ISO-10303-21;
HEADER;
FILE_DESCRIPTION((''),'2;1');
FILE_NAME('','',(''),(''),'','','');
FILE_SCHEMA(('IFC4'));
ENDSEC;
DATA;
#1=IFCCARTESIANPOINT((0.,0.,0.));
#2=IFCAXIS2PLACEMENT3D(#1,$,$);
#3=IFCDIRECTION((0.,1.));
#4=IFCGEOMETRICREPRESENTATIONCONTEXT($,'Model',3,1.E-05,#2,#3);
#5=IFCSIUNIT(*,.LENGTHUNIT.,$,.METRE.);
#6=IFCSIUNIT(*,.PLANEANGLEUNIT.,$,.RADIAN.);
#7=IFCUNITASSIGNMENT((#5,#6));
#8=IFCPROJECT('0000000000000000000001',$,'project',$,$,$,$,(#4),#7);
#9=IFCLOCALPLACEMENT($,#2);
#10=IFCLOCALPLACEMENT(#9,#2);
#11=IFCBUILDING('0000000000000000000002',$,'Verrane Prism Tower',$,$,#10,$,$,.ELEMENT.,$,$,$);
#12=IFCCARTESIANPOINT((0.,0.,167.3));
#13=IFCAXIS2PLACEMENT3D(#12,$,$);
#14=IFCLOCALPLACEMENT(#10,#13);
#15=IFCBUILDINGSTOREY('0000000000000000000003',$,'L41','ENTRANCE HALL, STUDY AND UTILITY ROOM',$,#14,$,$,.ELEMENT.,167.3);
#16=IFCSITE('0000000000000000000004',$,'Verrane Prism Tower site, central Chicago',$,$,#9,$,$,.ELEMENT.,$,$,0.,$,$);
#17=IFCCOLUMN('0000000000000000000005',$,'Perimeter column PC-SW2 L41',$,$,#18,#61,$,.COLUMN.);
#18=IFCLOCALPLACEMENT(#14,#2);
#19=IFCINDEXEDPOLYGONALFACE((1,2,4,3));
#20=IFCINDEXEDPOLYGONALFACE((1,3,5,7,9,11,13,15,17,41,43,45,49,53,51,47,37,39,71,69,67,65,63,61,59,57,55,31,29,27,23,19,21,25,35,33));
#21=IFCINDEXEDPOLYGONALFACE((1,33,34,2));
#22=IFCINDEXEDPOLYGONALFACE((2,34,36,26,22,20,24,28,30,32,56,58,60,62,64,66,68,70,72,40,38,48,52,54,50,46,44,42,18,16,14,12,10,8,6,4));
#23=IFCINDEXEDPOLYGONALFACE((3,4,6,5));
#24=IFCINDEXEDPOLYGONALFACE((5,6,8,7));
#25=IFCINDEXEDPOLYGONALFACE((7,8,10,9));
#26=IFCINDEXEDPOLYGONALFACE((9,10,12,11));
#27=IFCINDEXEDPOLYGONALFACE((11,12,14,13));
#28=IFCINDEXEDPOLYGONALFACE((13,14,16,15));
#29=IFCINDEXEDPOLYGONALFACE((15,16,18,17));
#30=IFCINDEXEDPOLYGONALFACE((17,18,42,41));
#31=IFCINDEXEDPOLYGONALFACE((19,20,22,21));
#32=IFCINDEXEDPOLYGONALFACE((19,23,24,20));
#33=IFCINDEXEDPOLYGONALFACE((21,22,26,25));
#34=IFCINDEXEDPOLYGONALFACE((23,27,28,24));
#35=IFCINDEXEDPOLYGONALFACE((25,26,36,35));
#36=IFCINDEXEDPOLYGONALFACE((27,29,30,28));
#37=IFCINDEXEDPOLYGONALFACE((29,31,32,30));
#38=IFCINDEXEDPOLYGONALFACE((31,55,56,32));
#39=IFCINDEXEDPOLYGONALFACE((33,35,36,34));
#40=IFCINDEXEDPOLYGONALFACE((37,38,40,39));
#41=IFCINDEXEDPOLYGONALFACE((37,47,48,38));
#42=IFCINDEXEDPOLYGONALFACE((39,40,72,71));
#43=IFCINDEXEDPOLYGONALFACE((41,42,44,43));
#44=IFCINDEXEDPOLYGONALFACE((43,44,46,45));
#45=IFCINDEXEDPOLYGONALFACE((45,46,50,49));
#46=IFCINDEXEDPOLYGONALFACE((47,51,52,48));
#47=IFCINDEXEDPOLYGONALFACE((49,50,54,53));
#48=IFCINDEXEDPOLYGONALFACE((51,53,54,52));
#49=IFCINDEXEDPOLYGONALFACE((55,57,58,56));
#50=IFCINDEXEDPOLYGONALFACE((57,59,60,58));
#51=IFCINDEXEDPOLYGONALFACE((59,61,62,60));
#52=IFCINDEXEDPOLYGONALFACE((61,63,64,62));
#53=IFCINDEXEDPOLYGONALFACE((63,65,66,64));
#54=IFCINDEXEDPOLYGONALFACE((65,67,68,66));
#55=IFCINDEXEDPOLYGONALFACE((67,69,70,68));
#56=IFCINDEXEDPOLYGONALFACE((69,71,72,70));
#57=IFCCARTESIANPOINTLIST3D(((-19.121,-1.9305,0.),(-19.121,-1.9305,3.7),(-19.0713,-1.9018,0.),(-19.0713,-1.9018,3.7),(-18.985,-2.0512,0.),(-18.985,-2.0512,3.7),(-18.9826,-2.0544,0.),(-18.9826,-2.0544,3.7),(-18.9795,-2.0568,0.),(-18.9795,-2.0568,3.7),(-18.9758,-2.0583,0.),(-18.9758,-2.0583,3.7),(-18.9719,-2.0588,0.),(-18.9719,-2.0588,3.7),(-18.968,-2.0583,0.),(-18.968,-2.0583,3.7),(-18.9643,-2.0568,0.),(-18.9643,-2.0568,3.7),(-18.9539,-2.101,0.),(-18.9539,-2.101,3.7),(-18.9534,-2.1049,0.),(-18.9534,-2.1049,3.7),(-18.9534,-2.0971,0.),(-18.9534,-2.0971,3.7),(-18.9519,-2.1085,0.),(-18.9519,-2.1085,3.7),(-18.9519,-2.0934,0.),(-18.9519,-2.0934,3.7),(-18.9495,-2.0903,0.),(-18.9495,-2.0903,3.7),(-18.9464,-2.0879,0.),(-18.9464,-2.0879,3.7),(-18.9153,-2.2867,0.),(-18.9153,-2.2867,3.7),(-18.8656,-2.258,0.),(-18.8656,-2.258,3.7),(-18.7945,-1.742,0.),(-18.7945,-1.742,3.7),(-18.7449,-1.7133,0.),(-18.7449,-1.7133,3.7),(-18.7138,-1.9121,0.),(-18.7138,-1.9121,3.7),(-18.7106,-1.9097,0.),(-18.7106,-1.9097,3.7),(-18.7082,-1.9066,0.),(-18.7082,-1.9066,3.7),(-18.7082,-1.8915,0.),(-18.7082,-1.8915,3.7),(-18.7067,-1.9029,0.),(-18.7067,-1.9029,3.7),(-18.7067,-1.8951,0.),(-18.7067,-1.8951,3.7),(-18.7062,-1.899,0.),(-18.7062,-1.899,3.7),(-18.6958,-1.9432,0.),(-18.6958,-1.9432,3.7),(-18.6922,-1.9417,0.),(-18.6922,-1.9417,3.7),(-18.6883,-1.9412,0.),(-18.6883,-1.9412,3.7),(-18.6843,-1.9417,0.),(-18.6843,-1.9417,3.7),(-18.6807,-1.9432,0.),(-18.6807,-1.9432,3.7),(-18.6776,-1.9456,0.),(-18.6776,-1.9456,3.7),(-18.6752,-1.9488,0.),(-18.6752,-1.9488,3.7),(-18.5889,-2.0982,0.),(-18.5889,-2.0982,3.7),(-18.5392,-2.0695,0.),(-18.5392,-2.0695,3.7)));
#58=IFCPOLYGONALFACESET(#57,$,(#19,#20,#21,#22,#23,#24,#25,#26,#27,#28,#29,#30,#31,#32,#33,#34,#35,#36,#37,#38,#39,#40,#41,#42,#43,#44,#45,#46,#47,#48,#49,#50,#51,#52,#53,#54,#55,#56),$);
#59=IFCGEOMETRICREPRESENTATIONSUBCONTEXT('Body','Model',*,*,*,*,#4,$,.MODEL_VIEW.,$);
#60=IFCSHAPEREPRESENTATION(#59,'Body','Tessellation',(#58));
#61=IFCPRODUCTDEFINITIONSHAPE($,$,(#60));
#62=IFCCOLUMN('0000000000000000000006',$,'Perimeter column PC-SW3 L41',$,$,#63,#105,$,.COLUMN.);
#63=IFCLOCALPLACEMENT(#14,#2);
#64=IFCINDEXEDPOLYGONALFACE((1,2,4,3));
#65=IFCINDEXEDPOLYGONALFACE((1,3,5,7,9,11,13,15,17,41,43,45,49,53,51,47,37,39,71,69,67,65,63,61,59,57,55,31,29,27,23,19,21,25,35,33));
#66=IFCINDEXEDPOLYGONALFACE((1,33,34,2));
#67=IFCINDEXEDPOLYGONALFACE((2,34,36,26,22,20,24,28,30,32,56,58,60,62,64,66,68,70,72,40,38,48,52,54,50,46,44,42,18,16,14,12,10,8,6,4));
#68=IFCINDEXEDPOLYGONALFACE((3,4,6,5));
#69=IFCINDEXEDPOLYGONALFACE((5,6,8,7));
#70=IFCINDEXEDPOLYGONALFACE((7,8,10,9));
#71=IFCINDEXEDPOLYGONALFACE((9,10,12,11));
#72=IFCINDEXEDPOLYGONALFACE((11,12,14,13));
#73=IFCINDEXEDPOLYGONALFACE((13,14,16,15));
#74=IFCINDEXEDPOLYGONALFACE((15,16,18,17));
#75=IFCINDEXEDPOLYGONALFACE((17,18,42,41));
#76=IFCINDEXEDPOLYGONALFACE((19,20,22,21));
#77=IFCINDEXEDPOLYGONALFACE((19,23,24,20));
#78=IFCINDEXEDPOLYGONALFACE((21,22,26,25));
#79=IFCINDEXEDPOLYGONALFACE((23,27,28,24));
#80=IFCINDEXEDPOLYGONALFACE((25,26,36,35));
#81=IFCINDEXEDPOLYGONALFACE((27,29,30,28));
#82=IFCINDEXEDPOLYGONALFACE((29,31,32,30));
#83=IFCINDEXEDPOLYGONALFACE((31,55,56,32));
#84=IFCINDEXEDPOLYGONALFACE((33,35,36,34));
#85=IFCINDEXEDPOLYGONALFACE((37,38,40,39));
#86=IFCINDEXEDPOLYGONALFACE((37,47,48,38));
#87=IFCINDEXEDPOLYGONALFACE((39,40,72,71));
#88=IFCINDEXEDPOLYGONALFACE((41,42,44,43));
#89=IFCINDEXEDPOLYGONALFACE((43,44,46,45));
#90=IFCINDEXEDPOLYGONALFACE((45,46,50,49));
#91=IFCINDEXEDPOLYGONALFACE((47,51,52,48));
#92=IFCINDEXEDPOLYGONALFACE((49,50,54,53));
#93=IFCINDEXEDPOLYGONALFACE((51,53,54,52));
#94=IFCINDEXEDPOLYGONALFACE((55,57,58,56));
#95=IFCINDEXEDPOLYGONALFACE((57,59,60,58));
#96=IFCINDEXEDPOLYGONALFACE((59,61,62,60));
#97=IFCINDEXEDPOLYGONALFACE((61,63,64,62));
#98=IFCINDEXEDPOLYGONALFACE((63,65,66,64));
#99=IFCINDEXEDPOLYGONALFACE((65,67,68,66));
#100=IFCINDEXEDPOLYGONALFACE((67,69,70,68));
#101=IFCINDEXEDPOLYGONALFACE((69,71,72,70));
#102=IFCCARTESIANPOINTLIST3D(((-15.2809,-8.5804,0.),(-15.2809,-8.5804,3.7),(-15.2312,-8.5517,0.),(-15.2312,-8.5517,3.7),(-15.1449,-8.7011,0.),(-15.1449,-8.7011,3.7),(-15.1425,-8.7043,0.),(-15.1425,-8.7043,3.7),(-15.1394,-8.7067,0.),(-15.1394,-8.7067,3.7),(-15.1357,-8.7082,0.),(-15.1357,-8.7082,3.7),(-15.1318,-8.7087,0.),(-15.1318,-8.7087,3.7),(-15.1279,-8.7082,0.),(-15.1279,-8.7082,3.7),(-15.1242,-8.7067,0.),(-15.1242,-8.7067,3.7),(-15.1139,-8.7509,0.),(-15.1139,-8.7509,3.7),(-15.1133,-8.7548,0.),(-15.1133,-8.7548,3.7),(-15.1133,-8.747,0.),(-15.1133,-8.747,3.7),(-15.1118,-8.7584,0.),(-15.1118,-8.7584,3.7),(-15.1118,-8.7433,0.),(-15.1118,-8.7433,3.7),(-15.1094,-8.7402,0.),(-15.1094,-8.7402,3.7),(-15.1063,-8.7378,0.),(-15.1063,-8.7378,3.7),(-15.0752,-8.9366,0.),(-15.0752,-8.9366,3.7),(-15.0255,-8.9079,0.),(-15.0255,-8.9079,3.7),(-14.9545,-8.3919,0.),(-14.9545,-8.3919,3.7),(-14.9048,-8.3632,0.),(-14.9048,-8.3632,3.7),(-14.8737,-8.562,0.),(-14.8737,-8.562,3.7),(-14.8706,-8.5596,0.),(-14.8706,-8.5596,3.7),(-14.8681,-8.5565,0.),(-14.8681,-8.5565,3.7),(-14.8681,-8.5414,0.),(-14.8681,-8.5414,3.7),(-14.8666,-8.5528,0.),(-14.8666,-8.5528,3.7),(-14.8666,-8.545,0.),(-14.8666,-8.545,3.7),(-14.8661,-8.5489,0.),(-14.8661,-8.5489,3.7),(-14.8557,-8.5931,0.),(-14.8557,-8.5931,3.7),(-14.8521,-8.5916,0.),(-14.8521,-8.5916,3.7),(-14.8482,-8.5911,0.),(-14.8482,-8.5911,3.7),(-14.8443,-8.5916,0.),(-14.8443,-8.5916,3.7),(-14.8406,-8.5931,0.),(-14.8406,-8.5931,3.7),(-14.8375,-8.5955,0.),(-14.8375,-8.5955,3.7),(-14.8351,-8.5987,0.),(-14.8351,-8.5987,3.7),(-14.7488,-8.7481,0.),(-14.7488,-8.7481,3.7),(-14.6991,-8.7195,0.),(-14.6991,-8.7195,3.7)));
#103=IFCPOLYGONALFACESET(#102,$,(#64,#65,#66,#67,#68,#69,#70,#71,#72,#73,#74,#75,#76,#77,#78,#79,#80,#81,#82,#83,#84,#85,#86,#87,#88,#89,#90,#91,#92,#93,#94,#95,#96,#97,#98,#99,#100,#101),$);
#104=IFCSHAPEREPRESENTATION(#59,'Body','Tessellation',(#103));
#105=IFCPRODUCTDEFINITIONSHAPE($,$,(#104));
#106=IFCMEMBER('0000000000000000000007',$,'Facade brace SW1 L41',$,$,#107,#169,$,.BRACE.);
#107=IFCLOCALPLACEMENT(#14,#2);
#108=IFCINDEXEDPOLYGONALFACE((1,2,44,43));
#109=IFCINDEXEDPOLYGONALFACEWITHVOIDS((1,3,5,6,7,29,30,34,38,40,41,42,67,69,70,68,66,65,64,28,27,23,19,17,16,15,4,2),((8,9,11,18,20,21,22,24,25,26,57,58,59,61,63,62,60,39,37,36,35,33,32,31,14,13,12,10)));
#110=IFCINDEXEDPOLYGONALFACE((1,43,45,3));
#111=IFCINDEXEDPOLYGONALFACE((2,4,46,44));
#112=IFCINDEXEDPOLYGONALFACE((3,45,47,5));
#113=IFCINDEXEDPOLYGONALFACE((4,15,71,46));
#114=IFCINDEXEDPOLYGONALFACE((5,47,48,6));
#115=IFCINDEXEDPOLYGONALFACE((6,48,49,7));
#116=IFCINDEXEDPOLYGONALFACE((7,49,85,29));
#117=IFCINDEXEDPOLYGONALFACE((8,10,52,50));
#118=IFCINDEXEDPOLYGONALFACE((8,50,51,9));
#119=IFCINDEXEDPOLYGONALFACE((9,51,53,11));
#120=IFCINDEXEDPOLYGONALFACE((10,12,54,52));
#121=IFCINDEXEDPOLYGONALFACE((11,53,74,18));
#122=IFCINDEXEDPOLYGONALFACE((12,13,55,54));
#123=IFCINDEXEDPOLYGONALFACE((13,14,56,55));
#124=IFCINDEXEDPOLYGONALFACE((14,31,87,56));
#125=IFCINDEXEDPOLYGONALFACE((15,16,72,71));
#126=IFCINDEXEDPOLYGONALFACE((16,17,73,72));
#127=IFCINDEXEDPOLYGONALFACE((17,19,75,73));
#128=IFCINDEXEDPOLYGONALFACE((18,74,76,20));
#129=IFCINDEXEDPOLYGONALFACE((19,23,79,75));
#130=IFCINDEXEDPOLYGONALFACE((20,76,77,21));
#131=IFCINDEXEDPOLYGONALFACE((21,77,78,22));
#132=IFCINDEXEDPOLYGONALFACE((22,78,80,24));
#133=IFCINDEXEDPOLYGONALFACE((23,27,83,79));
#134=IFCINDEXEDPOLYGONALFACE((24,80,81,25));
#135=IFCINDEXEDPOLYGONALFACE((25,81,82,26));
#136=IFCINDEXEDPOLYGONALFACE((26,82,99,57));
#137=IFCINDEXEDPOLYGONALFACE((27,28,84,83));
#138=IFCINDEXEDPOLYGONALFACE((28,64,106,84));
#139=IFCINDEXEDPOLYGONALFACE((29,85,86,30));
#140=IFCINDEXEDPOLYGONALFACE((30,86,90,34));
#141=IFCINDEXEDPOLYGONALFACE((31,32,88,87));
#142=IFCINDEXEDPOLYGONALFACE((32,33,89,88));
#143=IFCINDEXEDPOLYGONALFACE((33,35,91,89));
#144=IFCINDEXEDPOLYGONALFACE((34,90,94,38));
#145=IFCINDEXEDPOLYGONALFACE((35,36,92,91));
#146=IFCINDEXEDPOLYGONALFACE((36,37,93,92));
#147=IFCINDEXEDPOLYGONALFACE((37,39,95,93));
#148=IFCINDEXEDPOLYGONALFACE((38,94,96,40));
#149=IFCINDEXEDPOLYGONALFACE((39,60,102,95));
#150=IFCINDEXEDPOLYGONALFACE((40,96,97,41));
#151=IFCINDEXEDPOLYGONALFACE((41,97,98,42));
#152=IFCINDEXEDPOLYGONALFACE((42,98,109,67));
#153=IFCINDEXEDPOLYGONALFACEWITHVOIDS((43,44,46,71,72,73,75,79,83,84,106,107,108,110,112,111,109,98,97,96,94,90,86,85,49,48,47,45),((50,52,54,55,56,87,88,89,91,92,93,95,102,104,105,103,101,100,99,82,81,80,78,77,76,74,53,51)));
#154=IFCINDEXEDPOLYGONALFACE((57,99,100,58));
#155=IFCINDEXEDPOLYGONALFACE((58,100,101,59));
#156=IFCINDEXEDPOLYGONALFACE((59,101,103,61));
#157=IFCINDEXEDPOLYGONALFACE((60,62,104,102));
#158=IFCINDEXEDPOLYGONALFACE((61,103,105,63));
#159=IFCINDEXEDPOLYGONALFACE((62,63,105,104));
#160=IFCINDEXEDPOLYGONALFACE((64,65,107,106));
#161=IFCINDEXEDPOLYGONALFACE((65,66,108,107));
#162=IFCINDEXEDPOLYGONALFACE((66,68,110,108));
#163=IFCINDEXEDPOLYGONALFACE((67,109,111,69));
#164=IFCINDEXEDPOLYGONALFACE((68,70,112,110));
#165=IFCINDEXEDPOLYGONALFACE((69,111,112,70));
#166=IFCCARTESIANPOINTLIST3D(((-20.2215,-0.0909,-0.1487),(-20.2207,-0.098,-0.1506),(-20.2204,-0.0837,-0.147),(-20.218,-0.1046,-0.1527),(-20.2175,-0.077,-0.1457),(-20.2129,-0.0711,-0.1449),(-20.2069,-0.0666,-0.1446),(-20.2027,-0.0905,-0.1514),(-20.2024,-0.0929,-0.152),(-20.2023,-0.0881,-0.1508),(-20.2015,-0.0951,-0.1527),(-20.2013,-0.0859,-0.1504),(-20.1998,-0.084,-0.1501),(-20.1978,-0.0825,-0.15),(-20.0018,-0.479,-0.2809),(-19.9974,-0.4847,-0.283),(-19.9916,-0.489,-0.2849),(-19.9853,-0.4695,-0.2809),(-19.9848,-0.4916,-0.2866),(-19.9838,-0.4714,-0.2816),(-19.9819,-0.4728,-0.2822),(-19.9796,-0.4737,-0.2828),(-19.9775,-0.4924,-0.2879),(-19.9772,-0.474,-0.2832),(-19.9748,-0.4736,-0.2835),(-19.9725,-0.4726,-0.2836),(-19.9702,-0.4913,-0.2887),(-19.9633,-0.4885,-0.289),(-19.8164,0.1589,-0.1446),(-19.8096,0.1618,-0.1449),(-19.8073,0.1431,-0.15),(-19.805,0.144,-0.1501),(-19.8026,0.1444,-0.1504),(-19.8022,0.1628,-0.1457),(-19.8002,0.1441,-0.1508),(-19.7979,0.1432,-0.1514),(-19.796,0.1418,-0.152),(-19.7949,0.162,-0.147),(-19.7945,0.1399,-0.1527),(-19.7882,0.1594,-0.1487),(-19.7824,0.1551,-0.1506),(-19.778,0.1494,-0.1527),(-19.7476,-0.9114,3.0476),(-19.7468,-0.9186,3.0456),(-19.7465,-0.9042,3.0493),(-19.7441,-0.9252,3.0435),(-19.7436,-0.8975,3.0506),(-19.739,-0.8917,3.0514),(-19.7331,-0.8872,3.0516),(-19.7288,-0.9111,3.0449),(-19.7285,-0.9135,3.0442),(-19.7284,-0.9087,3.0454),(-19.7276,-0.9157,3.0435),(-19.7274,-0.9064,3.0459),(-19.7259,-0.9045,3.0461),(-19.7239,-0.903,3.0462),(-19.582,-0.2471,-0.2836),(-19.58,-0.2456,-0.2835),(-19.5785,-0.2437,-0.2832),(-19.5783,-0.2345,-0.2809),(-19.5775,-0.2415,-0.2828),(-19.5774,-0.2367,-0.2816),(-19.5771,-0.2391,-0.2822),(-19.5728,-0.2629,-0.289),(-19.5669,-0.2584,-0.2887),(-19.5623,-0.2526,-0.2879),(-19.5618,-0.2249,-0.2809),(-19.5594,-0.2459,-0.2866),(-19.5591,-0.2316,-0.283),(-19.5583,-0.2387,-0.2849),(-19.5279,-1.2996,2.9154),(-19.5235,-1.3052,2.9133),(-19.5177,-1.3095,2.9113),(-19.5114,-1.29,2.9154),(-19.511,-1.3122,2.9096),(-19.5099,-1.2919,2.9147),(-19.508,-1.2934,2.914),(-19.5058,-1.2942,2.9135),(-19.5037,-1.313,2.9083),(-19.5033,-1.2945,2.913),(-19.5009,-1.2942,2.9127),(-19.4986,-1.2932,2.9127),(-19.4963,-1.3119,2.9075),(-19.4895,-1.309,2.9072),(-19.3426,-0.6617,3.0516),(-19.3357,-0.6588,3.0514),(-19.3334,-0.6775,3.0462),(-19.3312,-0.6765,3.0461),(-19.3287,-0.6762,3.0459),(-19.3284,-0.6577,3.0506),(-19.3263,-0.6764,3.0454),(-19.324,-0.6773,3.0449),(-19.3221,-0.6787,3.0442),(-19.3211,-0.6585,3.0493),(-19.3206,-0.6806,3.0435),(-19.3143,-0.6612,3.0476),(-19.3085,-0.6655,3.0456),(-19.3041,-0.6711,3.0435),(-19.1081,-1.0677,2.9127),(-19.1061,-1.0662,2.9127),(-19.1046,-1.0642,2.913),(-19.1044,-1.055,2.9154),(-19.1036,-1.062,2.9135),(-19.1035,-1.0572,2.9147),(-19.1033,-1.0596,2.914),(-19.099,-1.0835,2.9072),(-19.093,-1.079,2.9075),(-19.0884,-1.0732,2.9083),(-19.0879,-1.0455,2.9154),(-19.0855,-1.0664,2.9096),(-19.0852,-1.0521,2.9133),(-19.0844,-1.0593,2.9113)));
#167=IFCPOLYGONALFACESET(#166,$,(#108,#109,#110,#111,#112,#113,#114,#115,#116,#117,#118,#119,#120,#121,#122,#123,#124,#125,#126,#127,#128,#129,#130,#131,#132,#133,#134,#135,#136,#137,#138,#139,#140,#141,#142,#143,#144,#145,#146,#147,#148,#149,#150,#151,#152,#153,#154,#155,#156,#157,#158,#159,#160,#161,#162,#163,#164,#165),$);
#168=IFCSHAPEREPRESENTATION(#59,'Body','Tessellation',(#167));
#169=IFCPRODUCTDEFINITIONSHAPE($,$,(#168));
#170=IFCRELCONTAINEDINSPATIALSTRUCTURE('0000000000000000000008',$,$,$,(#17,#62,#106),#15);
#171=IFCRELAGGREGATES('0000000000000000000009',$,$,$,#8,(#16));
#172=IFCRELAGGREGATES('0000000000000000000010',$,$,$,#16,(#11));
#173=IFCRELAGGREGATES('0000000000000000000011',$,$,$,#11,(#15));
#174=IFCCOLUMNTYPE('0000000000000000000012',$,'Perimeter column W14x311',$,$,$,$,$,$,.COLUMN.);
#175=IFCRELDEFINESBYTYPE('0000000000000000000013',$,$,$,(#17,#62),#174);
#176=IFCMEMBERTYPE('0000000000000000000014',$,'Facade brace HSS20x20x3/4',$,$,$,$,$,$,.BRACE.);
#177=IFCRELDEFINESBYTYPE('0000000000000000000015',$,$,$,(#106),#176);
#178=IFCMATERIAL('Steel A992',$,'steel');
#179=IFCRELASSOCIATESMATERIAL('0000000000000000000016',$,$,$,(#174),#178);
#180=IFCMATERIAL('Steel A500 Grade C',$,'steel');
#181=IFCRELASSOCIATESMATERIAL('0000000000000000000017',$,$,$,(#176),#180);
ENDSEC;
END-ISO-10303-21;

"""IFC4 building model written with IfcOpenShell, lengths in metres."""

from ifc_helpers import new_model, si_unit, direction, frame, origin, origin_2d, place, context, subcontext, project, spatial, hollow_rectangle, i_section, extrude, material, material_profile, profile_set, type_object, element, save


model = new_model("IFC4")

# Units and contexts
model_context = context("Model", 3, precision=1e-05, world=origin(), true_north=direction((0.0, 1.0)))
body_context = subcontext(model_context, "Body", "Model", "MODEL_VIEW")
ifc_project = project(units=[si_unit("LENGTHUNIT", "METRE"), si_unit("PLANEANGLEUNIT", "RADIAN")], contexts=[model_context])

# Site, building, storey
site_placement = place(None, origin())
site = spatial("IfcSite", under=ifc_project, at=site_placement, Name="Verrane Prism Tower site, central Chicago", CompositionType="ELEMENT", RefElevation=0.0)
building_placement = place(site_placement, origin())
building = spatial("IfcBuilding", under=site, at=building_placement, Name="Verrane Prism Tower", CompositionType="ELEMENT")
storey_placement = place(building_placement, frame((0.0, 0.0, 167.3)))
storey = spatial("IfcBuildingStorey", under=building, at=storey_placement, Name="L41", Description="ENTRANCE HALL, STUDY AND UTILITY ROOM", CompositionType="ELEMENT", Elevation=167.3)

# Columns
ifc_material_1 = material(Name="Steel A992", Category="steel")
ifc_material_profile_1 = material_profile(ifc_material_1, i_section(OverallWidth=0.4114, OverallDepth=0.4343, WebThickness=0.0359, FlangeThickness=0.0574, FilletRadius=0.0151, at=origin_2d()), Name="W14x311")
ifc_profile_set_1 = profile_set([ifc_material_profile_1], Name="Steel A992")
column_type = type_object("IfcColumnType", Name="Perimeter column W14x311", PredefinedType="COLUMN", material=ifc_profile_set_1)
for number, where, z_axis, x_axis, name in (
    (1, (-18.8301, -2.0, 0.0), (0.0, 0.0, 1.0), (-0.5, 0.866025, 0.0), "Perimeter column PC-SW2 L41"),
    (2, (-14.99, -8.6499, 0.0), (0.0, 0.0, 1.0), (-0.5, 0.866025, 0.0), "Perimeter column PC-SW3 L41"),
):
    element("IfcColumn", number, at=place(storey_placement, frame(where, z_axis=z_axis, x_axis=x_axis)), inside=storey, type_object=column_type, Name=name, PredefinedType="COLUMN", context=body_context, shape_type="SweptSolid", body=[
        extrude(i_section(OverallWidth=0.4114, OverallDepth=0.4343, WebThickness=0.0359, FlangeThickness=0.0574, FilletRadius=0.0151, at=origin_2d()), origin(), (0.0, 0.0, 1.0), 3.7),
    ])

# Member
ifc_material_2 = material(Name="Steel A500 Grade C", Category="steel")
ifc_material_profile_2 = material_profile(ifc_material_2, hollow_rectangle(XDim=0.5081, YDim=0.5081, WallThickness=0.019, InnerFilletRadius=0.0095, OuterFilletRadius=0.0286, at=origin_2d()), Name="HSS20x20x3/4")
ifc_profile_set_2 = profile_set([ifc_material_profile_2], Name="Steel A500 Grade C")
member_type_1 = type_object("IfcMemberType", Name="Facade brace HSS20x20x3/4", PredefinedType="BRACE", material=ifc_profile_set_2)
for number, where, z_axis, x_axis, name in (
    (3, (-19.8899, -0.1648, -0.2168), (0.142144, -0.246133, 0.958756), (0.865967, 0.500102, 0.0), "Facade brace SW1 L41"),
):
    element("IfcMember", number, at=place(storey_placement, frame(where, z_axis=z_axis, x_axis=x_axis)), inside=storey, type_object=member_type_1, Name=name, PredefinedType="BRACE", context=body_context, shape_type="SweptSolid", body=[
        extrude(hollow_rectangle(XDim=0.5081, YDim=0.5081, WallThickness=0.019, InnerFilletRadius=0.0095, OuterFilletRadius=0.0286, at=origin_2d()), origin(), (0.0, 0.0, 1.0), 3.3337),
    ])

save(model, "model.ifc")
